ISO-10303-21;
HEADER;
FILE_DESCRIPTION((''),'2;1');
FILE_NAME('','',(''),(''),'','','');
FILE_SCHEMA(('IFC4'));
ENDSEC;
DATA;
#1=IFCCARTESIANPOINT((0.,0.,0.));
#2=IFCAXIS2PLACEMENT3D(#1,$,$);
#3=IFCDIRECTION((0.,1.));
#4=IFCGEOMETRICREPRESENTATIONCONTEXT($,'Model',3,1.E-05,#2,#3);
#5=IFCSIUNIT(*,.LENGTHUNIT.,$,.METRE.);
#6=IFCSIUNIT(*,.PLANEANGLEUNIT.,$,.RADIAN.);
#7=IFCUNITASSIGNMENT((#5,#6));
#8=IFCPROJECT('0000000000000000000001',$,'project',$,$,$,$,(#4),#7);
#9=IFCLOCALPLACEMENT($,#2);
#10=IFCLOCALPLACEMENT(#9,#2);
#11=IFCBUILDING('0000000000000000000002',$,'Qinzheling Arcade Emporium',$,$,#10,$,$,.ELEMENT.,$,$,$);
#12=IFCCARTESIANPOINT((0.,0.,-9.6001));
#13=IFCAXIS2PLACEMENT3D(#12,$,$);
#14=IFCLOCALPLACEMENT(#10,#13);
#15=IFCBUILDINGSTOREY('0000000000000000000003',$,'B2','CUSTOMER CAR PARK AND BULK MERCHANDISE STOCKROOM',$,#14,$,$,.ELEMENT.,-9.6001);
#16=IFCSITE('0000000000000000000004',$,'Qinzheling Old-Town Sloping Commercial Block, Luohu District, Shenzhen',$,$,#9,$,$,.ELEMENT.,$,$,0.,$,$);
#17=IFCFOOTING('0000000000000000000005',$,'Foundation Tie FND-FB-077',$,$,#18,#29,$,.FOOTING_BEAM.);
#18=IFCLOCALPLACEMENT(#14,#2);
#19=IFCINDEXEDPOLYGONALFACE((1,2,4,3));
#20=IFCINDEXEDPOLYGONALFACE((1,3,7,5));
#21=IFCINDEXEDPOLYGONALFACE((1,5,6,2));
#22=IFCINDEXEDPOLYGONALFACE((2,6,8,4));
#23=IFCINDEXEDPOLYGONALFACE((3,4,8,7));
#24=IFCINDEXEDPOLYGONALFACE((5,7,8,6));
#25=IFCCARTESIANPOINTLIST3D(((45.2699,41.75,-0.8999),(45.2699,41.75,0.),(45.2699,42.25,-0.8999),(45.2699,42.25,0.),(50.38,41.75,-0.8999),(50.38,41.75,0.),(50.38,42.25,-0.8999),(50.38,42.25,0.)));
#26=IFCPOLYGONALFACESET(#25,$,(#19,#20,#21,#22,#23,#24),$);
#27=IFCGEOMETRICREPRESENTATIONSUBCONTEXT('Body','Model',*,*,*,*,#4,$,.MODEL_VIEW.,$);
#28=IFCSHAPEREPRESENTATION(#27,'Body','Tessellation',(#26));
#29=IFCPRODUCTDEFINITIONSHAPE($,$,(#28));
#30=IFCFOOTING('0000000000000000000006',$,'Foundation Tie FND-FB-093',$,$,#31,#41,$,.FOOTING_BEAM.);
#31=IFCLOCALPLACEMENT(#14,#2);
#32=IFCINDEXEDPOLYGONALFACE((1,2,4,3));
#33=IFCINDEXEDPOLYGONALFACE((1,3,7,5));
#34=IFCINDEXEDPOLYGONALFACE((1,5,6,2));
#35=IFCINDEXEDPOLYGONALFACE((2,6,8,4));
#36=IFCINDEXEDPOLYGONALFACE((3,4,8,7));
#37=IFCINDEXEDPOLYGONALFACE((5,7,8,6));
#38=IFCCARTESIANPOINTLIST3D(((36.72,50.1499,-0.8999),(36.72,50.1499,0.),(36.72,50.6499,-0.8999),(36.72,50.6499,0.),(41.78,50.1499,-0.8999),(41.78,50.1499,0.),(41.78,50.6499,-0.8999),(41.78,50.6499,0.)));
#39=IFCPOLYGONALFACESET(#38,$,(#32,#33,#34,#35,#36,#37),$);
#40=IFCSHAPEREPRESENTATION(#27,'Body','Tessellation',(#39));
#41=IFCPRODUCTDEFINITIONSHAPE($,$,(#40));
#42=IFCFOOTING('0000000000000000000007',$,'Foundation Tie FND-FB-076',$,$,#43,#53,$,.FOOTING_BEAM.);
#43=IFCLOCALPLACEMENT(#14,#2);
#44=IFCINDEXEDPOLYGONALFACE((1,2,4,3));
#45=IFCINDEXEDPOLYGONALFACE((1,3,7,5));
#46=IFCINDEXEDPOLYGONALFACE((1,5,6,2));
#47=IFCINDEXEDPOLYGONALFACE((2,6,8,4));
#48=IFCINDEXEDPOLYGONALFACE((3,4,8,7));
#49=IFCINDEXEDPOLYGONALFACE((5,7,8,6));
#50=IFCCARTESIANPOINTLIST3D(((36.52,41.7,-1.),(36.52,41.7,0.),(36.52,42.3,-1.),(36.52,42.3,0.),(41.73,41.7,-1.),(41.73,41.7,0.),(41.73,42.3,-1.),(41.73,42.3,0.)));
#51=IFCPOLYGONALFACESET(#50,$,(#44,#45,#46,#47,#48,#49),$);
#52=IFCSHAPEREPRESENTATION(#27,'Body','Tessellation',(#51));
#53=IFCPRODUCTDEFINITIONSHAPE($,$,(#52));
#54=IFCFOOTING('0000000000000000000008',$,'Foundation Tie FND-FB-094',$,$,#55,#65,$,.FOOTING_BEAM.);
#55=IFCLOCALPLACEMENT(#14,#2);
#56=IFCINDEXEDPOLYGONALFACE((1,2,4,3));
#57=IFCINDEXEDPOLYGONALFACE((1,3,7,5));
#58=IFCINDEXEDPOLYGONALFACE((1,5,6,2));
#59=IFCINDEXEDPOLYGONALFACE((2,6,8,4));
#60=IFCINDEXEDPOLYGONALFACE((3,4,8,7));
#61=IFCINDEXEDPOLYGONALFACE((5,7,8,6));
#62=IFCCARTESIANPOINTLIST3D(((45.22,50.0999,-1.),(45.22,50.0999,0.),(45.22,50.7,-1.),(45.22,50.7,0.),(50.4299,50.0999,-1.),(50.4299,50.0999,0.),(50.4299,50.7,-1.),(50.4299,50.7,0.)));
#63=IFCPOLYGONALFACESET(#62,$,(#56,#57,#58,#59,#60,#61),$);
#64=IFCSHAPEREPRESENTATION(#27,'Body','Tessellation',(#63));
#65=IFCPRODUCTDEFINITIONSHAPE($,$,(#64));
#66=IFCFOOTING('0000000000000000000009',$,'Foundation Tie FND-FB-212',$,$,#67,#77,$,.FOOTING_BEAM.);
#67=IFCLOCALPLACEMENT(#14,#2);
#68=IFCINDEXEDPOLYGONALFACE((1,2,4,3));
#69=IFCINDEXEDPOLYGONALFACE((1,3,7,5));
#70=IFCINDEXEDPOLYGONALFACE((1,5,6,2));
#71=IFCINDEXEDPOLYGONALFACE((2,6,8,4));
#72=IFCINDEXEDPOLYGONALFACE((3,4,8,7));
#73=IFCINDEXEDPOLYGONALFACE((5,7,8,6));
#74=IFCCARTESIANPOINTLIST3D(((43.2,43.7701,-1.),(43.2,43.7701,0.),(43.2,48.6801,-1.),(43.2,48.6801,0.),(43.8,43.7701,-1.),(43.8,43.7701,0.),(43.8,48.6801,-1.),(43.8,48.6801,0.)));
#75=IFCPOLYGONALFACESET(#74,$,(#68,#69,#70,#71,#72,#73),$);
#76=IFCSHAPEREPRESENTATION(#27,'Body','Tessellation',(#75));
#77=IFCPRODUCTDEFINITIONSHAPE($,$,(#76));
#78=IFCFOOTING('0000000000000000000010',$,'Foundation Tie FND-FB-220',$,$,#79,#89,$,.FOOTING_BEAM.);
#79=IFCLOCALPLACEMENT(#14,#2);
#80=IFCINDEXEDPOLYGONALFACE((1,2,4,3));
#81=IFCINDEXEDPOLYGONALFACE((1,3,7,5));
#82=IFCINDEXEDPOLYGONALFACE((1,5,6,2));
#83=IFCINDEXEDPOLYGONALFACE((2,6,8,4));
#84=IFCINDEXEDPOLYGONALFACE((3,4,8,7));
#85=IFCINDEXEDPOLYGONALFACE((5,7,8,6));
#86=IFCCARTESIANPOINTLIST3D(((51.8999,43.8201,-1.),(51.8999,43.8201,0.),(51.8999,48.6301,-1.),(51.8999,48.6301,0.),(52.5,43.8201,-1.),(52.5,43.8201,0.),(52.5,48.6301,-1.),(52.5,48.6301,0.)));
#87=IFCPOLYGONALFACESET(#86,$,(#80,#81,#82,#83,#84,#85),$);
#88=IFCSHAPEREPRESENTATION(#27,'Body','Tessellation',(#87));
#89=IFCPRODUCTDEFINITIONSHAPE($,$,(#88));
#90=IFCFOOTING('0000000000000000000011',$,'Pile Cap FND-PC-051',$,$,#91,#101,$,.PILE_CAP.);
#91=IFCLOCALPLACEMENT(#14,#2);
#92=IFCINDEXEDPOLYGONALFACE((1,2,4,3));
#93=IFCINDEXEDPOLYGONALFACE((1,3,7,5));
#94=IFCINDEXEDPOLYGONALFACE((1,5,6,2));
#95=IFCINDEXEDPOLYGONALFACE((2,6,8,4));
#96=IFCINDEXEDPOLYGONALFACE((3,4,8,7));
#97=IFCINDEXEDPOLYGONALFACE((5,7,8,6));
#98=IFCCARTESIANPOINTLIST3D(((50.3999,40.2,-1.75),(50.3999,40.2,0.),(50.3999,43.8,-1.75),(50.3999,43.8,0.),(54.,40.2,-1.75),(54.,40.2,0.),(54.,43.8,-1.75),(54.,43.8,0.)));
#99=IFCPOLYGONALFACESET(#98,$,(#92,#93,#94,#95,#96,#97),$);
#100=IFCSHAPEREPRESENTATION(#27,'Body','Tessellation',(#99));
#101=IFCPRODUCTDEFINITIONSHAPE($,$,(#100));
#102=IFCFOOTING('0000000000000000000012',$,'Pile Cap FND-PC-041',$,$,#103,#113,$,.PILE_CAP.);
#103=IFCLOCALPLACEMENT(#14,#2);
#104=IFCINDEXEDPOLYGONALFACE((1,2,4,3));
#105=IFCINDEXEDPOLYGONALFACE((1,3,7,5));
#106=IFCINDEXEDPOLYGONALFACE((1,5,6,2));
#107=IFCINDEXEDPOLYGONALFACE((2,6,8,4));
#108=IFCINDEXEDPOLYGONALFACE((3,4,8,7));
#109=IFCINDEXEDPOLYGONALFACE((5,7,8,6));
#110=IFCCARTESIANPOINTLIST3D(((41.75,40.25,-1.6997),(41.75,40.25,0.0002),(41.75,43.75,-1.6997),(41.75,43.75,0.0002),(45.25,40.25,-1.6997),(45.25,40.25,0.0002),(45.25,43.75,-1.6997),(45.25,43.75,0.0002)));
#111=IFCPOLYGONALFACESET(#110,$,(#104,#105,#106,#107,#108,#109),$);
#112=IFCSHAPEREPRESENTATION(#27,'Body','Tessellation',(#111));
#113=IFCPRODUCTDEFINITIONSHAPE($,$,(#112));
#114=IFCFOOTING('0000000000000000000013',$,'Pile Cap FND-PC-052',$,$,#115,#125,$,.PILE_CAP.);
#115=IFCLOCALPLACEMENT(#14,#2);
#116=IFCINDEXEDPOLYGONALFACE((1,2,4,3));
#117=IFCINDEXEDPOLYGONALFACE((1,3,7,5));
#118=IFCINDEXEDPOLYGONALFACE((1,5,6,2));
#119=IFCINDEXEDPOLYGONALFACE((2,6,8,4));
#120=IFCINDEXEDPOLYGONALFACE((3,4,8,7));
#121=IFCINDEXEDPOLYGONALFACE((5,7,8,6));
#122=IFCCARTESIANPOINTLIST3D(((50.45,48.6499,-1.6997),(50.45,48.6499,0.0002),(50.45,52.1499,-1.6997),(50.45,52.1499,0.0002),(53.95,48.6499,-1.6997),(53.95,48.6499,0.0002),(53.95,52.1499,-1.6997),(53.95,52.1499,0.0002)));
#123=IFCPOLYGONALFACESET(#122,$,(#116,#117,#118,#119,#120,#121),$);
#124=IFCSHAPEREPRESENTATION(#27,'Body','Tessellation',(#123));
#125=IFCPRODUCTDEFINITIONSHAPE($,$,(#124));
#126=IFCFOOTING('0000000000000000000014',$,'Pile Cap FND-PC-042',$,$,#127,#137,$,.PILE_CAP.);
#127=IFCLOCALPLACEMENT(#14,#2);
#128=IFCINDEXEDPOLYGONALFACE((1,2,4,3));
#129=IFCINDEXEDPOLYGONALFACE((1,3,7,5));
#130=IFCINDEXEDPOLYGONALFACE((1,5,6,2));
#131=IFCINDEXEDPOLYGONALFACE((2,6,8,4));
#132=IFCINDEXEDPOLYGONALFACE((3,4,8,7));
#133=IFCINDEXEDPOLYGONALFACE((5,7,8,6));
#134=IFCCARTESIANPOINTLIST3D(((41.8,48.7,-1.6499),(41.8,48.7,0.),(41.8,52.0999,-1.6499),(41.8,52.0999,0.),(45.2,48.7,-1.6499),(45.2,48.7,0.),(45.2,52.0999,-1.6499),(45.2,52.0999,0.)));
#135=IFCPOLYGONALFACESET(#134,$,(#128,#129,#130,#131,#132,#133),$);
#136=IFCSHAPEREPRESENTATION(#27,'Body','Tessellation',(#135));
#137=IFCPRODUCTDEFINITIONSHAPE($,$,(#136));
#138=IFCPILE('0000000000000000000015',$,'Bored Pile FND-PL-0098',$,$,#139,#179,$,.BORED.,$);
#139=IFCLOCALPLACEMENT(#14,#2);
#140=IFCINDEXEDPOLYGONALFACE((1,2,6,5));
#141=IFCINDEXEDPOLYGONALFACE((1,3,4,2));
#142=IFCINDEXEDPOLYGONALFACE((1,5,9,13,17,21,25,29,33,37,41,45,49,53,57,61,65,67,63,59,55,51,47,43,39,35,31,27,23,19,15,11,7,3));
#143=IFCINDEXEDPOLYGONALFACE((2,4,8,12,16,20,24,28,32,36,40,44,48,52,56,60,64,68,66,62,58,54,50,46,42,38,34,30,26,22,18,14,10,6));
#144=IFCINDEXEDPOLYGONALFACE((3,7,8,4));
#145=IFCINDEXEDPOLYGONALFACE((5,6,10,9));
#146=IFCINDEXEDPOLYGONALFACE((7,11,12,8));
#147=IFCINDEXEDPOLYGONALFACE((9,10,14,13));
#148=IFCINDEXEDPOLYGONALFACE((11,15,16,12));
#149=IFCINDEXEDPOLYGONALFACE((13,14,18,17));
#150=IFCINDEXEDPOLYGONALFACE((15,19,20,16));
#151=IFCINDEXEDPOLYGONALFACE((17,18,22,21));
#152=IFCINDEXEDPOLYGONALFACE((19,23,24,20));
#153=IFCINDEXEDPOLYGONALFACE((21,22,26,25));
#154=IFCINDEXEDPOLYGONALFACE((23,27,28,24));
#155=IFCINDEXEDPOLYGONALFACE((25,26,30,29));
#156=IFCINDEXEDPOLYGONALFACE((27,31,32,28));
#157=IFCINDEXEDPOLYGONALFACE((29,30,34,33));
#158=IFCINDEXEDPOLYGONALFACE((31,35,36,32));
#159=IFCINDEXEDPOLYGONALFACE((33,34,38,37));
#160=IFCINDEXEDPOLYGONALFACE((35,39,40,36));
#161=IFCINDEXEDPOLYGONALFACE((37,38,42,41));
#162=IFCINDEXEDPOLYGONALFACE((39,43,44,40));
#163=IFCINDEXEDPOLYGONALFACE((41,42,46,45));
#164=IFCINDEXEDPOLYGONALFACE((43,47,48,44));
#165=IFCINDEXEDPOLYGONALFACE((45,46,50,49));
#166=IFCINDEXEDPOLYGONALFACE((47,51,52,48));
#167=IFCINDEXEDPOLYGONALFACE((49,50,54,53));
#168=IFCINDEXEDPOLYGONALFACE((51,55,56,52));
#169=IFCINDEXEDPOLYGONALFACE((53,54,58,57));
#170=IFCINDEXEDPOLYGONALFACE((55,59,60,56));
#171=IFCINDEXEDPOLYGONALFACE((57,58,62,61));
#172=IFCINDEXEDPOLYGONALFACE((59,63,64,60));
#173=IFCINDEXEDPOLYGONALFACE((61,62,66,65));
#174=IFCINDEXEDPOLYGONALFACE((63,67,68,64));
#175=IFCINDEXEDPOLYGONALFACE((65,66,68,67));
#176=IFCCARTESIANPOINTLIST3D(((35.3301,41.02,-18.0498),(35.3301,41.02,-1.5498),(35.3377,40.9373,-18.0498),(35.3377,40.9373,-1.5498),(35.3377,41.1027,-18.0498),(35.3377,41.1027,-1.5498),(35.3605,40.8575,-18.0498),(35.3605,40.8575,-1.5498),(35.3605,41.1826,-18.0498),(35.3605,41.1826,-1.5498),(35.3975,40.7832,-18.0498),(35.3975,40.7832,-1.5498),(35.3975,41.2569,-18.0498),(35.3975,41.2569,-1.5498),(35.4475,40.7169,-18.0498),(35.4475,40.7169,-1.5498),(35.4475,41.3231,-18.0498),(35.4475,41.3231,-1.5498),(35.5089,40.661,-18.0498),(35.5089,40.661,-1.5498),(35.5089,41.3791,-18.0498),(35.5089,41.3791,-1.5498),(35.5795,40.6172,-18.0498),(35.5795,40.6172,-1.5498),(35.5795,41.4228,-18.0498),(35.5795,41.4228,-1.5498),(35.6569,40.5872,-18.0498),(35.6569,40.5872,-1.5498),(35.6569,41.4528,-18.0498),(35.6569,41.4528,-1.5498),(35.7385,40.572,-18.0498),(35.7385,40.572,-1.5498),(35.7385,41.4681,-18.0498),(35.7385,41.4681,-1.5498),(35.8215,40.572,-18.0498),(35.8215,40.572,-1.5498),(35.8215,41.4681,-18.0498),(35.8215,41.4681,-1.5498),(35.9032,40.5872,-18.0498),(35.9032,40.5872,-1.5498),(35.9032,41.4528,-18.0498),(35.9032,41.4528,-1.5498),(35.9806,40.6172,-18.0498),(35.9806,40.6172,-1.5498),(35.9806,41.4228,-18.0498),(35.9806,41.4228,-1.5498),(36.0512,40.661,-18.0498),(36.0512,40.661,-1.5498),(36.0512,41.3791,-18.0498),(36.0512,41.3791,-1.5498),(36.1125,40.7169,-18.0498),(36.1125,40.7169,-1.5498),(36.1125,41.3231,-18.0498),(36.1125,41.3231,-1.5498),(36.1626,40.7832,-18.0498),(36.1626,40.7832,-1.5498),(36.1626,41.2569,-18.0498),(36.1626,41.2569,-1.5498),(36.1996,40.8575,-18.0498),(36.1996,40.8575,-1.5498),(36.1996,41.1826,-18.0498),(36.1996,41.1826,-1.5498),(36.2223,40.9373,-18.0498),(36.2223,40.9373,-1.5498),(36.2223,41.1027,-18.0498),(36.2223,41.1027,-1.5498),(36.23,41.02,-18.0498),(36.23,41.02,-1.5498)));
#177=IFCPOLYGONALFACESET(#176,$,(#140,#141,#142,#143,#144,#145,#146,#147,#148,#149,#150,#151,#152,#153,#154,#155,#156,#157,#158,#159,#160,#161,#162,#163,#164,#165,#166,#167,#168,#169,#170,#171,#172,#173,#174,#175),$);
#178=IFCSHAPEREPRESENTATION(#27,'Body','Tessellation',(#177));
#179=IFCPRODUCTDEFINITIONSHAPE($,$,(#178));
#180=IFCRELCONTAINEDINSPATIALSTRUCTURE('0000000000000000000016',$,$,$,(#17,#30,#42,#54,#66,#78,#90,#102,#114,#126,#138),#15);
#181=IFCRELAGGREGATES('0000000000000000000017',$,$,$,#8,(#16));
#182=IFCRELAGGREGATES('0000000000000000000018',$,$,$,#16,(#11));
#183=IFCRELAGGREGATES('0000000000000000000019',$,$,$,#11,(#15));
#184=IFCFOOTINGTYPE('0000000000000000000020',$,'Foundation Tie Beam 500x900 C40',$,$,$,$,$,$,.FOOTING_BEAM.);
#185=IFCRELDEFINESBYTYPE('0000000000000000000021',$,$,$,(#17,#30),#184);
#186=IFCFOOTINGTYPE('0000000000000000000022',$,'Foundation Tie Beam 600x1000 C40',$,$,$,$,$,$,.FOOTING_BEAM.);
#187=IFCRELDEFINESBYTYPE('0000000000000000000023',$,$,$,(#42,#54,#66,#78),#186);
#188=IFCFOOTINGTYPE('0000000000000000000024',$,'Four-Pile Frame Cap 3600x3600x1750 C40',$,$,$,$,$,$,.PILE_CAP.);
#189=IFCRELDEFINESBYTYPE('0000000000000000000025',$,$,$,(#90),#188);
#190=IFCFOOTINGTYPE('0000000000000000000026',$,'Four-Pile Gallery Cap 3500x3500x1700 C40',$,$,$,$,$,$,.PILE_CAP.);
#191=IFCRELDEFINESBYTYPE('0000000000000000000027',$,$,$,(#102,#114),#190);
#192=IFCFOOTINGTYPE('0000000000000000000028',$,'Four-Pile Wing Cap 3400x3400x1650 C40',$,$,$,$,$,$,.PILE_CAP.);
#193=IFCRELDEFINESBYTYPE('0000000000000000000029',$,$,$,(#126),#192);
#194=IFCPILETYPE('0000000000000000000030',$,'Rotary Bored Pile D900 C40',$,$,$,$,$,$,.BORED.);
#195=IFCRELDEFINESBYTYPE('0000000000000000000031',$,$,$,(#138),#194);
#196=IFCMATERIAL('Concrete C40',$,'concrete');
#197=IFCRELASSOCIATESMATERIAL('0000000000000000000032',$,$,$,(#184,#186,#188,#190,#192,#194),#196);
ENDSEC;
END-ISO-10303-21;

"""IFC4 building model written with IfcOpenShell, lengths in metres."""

from ifc_helpers import new_model, si_unit, direction, frame, origin, origin_2d, place, context, subcontext, project, spatial, rectangle, circle, extrude, material, material_profile, profile_set, type_object, element, save


model = new_model("IFC4")

# Units and contexts
model_context = context("Model", 3, precision=1e-05, world=origin(), true_north=direction((0.0, 1.0)))
body_context = subcontext(model_context, "Body", "Model", "MODEL_VIEW")
ifc_project = project(units=[si_unit("LENGTHUNIT", "METRE"), si_unit("PLANEANGLEUNIT", "RADIAN")], contexts=[model_context])

# Site, building, storey
site_placement = place(None, origin())
site = spatial("IfcSite", under=ifc_project, at=site_placement, Name="Qinzheling Old-Town Sloping Commercial Block, Luohu District, Shenzhen", CompositionType="ELEMENT", RefElevation=0.0)
building_placement = place(site_placement, origin())
building = spatial("IfcBuilding", under=site, at=building_placement, Name="Qinzheling Arcade Emporium", CompositionType="ELEMENT")
storey_placement = place(building_placement, frame((0.0, 0.0, -9.6001)))
storey = spatial("IfcBuildingStorey", under=building, at=storey_placement, Name="B2", Description="CUSTOMER CAR PARK AND BULK MERCHANDISE STOCKROOM", CompositionType="ELEMENT", Elevation=-9.6001)

# Footings
ifc_material_1 = material(Name="Concrete C40", Category="concrete")
footing_type_1 = type_object("IfcFootingType", Name="Foundation Tie Beam 500x900 C40", PredefinedType="FOOTING_BEAM", material=ifc_material_1)
footing_1_placement = place(storey_placement, frame((47.825, 42.0, -0.8999), z_axis=(0.0, 0.0, 1.0), x_axis=(1.0, 0.0, 0.0)))
element("IfcFooting", 1, at=footing_1_placement, inside=storey, type_object=footing_type_1, Name="Foundation Tie FND-FB-077", PredefinedType="FOOTING_BEAM", context=body_context, shape_type="SweptSolid", body=[
    extrude(rectangle(XDim=5.1101, YDim=0.5, at=origin_2d()), origin(), (0.0, 0.0, 1.0), 0.8999),
])
footing_2_placement = place(storey_placement, frame((39.25, 50.3999, -0.8999), z_axis=(0.0, 0.0, 1.0), x_axis=(1.0, 0.0, 0.0)))
element("IfcFooting", 2, at=footing_2_placement, inside=storey, type_object=footing_type_1, Name="Foundation Tie FND-FB-093", PredefinedType="FOOTING_BEAM", context=body_context, shape_type="SweptSolid", body=[
    extrude(rectangle(XDim=5.0601, YDim=0.5, at=origin_2d()), origin(), (0.0, 0.0, 1.0), 0.8999),
])
footing_type_2 = type_object("IfcFootingType", Name="Foundation Tie Beam 600x1000 C40", PredefinedType="FOOTING_BEAM", material=ifc_material_1)
for number, where, z_axis, x_axis, name in (
    (3, (39.125, 42.0, -1.0), (0.0, 0.0, 1.0), (1.0, 0.0, 0.0), "Foundation Tie FND-FB-076"),
    (4, (47.825, 50.3999, -1.0), (0.0, 0.0, 1.0), (1.0, 0.0, 0.0), "Foundation Tie FND-FB-094"),
):
    element("IfcFooting", number, at=place(storey_placement, frame(where, z_axis=z_axis, x_axis=x_axis)), inside=storey, type_object=footing_type_2, Name=name, PredefinedType="FOOTING_BEAM", context=body_context, shape_type="SweptSolid", body=[
        extrude(rectangle(XDim=5.21, YDim=0.6001, at=origin_2d()), origin(), (0.0, 0.0, 1.0), 1.0),
    ])
footing_3_placement = place(storey_placement, frame((43.5, 46.2251, -1.0), z_axis=(0.0, 0.0, 1.0), x_axis=(1.0, 0.0, 0.0)))
element("IfcFooting", 5, at=footing_3_placement, inside=storey, type_object=footing_type_2, Name="Foundation Tie FND-FB-212", PredefinedType="FOOTING_BEAM", context=body_context, shape_type="SweptSolid", body=[
    extrude(rectangle(XDim=0.6001, YDim=4.9099, at=origin_2d()), origin(), (0.0, 0.0, 1.0), 1.0),
])
footing_4_placement = place(storey_placement, frame((52.2, 46.2251, -1.0), z_axis=(0.0, 0.0, 1.0), x_axis=(1.0, 0.0, 0.0)))
element("IfcFooting", 6, at=footing_4_placement, inside=storey, type_object=footing_type_2, Name="Foundation Tie FND-FB-220", PredefinedType="FOOTING_BEAM", context=body_context, shape_type="SweptSolid", body=[
    extrude(rectangle(XDim=0.6001, YDim=4.8101, at=origin_2d()), origin(), (0.0, 0.0, 1.0), 1.0),
])
footing_type_3 = type_object("IfcFootingType", Name="Four-Pile Frame Cap 3600x3600x1750 C40", PredefinedType="PILE_CAP", material=ifc_material_1)
footing_5_placement = place(storey_placement, frame((52.2, 42.0, -1.75), z_axis=(0.0, 0.0, 1.0), x_axis=(1.0, 0.0, 0.0)))
element("IfcFooting", 7, at=footing_5_placement, inside=storey, type_object=footing_type_3, Name="Pile Cap FND-PC-051", PredefinedType="PILE_CAP", context=body_context, shape_type="SweptSolid", body=[
    extrude(rectangle(XDim=3.6001, YDim=3.6001, at=origin_2d()), origin(), (0.0, 0.0, 1.0), 1.75),
])
footing_type_4 = type_object("IfcFootingType", Name="Four-Pile Gallery Cap 3500x3500x1700 C40", PredefinedType="PILE_CAP", material=ifc_material_1)
for number, where, z_axis, x_axis, name in (
    (8, (43.5, 42.0, -1.6997), (0.0, 0.0, 1.0), (1.0, 0.0, 0.0), "Pile Cap FND-PC-041"),
    (9, (52.2, 50.3999, -1.6997), (0.0, 0.0, 1.0), (1.0, 0.0, 0.0), "Pile Cap FND-PC-052"),
):
    element("IfcFooting", number, at=place(storey_placement, frame(where, z_axis=z_axis, x_axis=x_axis)), inside=storey, type_object=footing_type_4, Name=name, PredefinedType="PILE_CAP", context=body_context, shape_type="SweptSolid", body=[
        extrude(rectangle(XDim=3.5, YDim=3.5, at=origin_2d()), origin(), (0.0, 0.0, 1.0), 1.7),
    ])
footing_type_5 = type_object("IfcFootingType", Name="Four-Pile Wing Cap 3400x3400x1650 C40", PredefinedType="PILE_CAP", material=ifc_material_1)
footing_6_placement = place(storey_placement, frame((43.5, 50.3999, -1.6499), z_axis=(0.0, 0.0, 1.0), x_axis=(1.0, 0.0, 0.0)))
element("IfcFooting", 10, at=footing_6_placement, inside=storey, type_object=footing_type_5, Name="Pile Cap FND-PC-042", PredefinedType="PILE_CAP", context=body_context, shape_type="SweptSolid", body=[
    extrude(rectangle(XDim=3.3999, YDim=3.3999, at=origin_2d()), origin(), (0.0, 0.0, 1.0), 1.6499),
])

# Pile
ifc_material_profile_1 = material_profile(ifc_material_1, circle(Radius=0.45, at=origin_2d()), Name="BORED D900", Category="concrete")
ifc_profile_set_1 = profile_set([ifc_material_profile_1], Name="Concrete C40")
pile_type = type_object("IfcPileType", Name="Rotary Bored Pile D900 C40", PredefinedType="BORED", material=ifc_profile_set_1)
for number, where, z_axis, x_axis, name in (
    (11, (35.78, 41.02, -1.5498), (0.0, 0.0, -1.0), (1.0, 0.0, 0.0), "Bored Pile FND-PL-0098"),
):
    element("IfcPile", number, at=place(storey_placement, frame(where, z_axis=z_axis, x_axis=x_axis)), inside=storey, type_object=pile_type, Name=name, PredefinedType="BORED", context=body_context, shape_type="SweptSolid", body=[
        extrude(circle(Radius=0.45, at=origin_2d()), origin(), (0.0, 0.0, 1.0), 16.5),
    ])

save(model, "model.ifc")
